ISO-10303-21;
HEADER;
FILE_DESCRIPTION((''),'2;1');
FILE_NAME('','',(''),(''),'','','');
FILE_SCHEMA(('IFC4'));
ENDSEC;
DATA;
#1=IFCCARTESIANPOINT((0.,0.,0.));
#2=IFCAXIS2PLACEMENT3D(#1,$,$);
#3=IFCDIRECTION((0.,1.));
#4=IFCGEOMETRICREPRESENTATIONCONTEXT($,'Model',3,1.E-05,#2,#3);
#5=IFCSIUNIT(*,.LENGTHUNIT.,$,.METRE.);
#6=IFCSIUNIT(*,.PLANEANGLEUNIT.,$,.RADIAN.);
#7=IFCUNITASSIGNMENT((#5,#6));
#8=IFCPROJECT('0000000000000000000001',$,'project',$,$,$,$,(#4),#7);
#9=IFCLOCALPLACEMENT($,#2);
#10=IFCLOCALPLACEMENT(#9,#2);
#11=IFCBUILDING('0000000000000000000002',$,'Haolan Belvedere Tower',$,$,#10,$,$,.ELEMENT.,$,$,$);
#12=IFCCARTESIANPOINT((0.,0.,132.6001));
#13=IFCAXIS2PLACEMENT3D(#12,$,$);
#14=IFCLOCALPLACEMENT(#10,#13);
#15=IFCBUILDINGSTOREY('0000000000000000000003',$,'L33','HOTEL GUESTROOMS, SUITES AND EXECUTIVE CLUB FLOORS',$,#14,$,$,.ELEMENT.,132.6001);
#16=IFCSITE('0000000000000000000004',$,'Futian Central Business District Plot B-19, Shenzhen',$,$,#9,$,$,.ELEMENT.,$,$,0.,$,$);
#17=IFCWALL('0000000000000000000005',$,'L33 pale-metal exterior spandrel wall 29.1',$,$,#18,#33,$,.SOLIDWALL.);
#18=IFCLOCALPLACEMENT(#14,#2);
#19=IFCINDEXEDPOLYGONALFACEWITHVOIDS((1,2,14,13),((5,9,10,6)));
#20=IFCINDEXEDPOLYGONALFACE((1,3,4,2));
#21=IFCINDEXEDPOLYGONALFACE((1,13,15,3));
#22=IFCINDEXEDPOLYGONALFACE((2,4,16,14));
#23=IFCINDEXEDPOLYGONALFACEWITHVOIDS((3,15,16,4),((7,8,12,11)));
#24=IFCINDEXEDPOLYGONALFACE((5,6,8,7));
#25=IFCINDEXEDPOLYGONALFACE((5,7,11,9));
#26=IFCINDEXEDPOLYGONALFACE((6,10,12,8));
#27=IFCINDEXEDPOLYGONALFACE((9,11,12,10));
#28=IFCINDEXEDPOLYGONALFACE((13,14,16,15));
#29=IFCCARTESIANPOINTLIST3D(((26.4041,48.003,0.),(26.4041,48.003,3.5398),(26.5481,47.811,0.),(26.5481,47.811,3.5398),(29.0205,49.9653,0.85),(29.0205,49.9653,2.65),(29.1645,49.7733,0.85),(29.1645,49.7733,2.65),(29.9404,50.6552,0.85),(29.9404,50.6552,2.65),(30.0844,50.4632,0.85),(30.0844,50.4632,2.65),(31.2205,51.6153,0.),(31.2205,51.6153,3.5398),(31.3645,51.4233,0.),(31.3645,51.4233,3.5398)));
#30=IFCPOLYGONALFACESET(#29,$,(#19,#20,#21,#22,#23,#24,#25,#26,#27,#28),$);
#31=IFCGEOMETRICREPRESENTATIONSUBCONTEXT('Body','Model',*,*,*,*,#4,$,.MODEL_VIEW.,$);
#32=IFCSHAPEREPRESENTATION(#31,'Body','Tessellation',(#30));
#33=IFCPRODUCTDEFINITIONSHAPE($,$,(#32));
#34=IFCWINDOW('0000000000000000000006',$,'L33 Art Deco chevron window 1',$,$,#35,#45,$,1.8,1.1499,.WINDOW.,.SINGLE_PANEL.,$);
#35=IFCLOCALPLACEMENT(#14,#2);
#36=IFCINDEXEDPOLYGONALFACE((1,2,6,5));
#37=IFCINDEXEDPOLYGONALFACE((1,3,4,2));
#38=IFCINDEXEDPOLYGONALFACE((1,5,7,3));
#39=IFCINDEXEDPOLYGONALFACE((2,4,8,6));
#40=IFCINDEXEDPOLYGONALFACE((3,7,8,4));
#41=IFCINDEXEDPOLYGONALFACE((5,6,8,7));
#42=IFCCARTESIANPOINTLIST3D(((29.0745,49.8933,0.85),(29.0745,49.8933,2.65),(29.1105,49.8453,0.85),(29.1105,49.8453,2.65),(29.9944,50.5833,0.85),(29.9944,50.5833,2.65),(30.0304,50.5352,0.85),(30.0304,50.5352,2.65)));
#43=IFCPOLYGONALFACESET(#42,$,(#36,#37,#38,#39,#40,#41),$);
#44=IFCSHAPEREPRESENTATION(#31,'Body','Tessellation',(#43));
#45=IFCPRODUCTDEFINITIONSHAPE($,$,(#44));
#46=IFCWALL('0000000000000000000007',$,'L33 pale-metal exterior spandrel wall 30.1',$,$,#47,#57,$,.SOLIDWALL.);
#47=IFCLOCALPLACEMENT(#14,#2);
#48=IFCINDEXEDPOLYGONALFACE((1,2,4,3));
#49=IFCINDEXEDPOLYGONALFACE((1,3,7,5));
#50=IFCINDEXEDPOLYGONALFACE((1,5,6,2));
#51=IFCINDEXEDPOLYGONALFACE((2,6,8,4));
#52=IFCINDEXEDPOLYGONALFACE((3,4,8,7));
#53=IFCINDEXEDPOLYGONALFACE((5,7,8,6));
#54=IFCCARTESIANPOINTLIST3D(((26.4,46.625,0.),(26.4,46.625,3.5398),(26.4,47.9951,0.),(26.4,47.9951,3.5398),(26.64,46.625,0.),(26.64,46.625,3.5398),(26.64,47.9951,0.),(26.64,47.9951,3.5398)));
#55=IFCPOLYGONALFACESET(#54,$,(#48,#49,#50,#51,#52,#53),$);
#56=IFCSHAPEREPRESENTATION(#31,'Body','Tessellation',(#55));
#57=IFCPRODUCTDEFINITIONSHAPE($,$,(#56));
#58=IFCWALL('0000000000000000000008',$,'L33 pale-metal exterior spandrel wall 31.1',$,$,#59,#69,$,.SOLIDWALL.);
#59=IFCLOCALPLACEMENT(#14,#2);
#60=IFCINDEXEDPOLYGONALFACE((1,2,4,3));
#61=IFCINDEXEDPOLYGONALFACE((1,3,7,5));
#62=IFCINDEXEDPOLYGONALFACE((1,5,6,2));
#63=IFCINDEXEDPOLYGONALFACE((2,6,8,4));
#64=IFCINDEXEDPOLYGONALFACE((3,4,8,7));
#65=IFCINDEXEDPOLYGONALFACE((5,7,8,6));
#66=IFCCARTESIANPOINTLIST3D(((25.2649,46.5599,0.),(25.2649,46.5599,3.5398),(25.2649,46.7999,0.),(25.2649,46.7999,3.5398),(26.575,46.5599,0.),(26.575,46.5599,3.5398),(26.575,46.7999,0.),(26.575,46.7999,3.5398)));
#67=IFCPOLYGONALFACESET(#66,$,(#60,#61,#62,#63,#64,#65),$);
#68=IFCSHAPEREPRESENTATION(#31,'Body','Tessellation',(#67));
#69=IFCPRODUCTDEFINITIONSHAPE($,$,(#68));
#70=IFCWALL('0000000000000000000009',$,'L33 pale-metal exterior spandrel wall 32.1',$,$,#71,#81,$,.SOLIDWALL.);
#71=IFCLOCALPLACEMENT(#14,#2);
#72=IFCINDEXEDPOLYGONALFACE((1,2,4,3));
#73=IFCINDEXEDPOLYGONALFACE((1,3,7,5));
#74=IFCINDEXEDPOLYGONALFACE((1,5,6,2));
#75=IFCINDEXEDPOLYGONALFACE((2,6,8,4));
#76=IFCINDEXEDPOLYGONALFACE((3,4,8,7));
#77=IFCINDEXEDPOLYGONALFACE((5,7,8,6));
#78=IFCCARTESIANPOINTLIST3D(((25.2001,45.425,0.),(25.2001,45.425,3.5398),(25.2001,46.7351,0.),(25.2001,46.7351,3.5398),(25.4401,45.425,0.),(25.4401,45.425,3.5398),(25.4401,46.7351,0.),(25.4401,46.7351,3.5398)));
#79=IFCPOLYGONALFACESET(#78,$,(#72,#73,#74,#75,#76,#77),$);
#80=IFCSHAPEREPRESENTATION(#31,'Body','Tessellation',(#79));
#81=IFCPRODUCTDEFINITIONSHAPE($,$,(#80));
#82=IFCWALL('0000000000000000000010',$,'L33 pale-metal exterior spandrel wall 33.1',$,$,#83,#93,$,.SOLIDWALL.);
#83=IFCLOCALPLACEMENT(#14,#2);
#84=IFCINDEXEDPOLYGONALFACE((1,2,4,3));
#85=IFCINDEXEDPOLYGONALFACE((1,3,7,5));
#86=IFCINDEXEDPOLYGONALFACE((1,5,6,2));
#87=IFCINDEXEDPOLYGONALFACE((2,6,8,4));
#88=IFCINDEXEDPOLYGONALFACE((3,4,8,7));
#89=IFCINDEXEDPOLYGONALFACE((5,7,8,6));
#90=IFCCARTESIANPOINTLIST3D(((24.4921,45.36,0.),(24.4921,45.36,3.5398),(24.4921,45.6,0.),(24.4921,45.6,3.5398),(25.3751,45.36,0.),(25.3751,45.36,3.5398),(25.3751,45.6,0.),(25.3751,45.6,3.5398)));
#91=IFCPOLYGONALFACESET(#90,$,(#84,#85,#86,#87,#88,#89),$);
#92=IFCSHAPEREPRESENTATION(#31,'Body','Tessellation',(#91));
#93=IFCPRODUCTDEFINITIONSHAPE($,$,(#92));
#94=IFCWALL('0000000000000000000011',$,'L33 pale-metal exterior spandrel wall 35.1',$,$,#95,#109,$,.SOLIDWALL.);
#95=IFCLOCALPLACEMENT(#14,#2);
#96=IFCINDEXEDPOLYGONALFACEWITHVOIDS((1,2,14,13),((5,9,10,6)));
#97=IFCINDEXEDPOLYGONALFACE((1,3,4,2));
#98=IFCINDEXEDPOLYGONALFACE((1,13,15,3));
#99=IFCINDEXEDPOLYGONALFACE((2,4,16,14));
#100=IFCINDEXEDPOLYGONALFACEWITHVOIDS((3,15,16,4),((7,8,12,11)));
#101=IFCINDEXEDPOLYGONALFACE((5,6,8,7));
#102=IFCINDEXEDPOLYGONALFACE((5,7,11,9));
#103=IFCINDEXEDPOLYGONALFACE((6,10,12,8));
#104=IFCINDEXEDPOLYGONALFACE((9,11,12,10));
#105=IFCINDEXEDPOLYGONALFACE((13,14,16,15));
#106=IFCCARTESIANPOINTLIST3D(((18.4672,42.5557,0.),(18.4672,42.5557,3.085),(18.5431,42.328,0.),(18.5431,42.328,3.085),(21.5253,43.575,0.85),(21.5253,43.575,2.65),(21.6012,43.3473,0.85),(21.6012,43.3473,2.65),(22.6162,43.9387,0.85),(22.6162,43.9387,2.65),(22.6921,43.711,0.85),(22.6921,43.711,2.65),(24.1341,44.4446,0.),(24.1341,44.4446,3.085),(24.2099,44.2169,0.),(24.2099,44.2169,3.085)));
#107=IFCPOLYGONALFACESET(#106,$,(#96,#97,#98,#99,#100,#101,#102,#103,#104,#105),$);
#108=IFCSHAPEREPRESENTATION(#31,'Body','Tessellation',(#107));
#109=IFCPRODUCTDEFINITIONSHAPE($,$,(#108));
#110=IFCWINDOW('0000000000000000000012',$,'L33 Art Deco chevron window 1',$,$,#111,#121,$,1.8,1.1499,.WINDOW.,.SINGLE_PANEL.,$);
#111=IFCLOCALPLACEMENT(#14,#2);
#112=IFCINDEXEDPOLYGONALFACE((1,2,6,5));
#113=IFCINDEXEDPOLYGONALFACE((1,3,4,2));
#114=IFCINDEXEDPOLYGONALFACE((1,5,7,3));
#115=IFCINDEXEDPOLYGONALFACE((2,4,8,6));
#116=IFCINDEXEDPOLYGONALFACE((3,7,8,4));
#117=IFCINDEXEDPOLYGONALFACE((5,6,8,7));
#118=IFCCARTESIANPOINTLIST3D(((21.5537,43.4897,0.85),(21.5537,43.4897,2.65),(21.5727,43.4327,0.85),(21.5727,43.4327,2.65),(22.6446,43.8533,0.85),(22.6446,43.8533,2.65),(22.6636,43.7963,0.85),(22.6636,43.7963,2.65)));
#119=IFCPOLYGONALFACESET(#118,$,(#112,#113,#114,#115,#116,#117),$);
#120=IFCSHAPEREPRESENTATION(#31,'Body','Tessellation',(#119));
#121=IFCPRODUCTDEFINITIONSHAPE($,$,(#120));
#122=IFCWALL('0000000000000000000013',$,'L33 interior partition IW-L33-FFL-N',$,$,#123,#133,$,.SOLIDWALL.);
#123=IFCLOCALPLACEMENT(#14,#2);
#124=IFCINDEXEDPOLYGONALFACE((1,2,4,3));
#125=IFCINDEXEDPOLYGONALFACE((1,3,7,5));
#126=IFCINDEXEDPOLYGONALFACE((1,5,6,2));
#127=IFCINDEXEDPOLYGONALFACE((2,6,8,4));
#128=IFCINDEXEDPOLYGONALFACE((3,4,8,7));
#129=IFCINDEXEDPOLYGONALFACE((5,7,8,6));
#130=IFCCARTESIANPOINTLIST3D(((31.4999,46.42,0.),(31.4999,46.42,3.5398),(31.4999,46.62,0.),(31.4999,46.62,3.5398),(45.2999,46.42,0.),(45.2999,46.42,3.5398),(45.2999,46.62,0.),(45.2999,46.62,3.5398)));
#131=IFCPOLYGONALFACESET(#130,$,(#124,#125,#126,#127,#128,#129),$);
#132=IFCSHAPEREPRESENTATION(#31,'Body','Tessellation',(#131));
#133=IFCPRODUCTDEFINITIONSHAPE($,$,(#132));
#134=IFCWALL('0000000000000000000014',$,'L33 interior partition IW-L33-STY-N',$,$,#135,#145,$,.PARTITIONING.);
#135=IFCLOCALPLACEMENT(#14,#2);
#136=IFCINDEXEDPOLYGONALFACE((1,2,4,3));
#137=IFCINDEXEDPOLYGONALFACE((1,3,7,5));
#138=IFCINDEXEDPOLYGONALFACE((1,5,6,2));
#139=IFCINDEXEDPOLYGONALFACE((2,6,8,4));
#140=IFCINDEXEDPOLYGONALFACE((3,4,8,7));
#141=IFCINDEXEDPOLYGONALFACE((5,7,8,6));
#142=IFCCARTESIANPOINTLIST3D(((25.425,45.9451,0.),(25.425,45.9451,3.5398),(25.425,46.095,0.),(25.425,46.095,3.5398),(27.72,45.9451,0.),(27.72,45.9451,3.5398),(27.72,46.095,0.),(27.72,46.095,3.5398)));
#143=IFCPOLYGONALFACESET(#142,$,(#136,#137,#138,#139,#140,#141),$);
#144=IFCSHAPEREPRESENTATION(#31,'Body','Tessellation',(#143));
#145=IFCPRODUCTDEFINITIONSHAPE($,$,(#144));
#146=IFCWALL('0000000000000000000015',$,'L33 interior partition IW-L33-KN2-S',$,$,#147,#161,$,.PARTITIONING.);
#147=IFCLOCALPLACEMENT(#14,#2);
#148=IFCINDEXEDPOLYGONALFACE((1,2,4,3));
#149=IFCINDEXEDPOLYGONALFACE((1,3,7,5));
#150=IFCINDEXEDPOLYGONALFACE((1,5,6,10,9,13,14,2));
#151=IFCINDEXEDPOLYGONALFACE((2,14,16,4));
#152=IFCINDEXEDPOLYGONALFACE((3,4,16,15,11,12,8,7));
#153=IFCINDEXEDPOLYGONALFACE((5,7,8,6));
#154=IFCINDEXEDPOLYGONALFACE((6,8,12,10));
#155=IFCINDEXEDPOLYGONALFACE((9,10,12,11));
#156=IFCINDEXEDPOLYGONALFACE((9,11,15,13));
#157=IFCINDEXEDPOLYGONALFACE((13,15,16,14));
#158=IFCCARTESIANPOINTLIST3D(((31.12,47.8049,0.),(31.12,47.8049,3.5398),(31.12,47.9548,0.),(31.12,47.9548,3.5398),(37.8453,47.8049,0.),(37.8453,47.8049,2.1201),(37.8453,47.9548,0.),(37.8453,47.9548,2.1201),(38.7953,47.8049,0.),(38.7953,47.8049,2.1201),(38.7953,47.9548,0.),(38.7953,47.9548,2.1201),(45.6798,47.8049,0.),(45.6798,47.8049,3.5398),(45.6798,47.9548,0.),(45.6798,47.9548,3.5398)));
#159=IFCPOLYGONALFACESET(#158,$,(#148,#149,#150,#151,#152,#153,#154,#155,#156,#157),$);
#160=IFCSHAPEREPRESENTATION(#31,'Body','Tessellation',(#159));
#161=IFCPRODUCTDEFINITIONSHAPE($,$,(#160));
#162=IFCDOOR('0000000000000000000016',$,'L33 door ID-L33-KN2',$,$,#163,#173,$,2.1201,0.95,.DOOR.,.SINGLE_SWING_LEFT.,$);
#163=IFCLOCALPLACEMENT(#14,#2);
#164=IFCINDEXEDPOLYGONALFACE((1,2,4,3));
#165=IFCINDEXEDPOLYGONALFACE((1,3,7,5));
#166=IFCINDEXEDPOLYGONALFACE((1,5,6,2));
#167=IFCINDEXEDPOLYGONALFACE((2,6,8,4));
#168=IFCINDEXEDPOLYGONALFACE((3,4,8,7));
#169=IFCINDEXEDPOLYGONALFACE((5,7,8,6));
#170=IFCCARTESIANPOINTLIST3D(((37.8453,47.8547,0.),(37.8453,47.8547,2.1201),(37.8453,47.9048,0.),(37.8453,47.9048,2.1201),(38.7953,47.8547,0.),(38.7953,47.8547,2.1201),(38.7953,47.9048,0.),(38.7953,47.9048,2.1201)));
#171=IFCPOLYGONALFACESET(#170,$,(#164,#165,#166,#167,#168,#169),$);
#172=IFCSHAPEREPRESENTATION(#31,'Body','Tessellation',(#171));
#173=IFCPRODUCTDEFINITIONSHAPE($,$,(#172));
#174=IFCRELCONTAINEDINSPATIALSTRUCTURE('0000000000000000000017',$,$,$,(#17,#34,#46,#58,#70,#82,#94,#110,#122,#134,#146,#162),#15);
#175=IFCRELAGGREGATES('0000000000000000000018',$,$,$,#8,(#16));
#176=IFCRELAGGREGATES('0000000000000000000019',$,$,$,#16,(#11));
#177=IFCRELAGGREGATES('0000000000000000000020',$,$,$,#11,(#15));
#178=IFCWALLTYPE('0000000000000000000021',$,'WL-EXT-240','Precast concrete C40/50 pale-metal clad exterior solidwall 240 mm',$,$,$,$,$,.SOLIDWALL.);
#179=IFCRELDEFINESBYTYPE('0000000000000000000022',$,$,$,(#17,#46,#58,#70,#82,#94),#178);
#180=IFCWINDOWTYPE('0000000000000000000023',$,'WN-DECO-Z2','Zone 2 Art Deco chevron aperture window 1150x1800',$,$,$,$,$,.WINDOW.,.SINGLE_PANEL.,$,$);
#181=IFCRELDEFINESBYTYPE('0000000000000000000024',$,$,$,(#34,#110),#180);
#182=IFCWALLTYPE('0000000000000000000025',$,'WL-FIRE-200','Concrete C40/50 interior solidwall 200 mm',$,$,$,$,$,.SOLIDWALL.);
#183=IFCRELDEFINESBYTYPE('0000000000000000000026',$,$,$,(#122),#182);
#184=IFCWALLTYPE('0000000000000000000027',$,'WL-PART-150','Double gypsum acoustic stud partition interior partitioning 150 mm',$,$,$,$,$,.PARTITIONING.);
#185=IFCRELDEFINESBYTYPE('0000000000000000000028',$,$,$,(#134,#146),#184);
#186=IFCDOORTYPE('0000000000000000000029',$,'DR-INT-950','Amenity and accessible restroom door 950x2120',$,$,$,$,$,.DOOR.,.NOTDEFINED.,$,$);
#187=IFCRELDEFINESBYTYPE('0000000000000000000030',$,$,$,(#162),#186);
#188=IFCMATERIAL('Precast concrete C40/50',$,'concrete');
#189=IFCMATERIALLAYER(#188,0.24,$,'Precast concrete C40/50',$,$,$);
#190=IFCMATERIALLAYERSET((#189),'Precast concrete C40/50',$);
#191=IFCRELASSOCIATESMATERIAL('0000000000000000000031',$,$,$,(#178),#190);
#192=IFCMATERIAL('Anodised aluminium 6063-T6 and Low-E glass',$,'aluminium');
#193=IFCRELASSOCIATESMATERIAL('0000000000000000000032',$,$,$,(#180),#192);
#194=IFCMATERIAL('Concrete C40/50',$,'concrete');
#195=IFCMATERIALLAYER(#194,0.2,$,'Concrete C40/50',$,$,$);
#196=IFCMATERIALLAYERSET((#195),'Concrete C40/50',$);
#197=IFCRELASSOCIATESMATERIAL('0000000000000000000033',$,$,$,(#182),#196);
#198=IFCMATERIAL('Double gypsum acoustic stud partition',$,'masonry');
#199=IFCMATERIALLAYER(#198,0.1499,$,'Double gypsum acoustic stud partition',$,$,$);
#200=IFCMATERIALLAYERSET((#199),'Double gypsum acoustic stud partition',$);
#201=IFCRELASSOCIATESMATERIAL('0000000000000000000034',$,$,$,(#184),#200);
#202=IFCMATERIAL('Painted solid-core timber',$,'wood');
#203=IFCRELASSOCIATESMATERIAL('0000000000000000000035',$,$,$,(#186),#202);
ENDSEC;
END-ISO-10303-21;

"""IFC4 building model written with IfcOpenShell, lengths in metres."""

from ifc_helpers import new_model, si_unit, direction, frame, frame_2d, origin, place, context, subcontext, project, spatial, rectangle, extrude, material, layer, layer_set, type_object, element, fill, save


model = new_model("IFC4")

# Units and contexts
model_context = context("Model", 3, precision=1e-05, world=origin(), true_north=direction((0.0, 1.0)))
body_context = subcontext(model_context, "Body", "Model", "MODEL_VIEW")
ifc_project = project(units=[si_unit("LENGTHUNIT", "METRE"), si_unit("PLANEANGLEUNIT", "RADIAN")], contexts=[model_context])

# Site, building, storey
site_placement = place(None, origin())
site = spatial("IfcSite", under=ifc_project, at=site_placement, Name="Futian Central Business District Plot B-19, Shenzhen", CompositionType="ELEMENT", RefElevation=0.0)
building_placement = place(site_placement, origin())
building = spatial("IfcBuilding", under=site, at=building_placement, Name="Haolan Belvedere Tower", CompositionType="ELEMENT")
storey_placement = place(building_placement, frame((0.0, 0.0, 132.6001)))
storey = spatial("IfcBuildingStorey", under=building, at=storey_placement, Name="L33", Description="HOTEL GUESTROOMS, SUITES AND EXECUTIVE CLUB FLOORS", CompositionType="ELEMENT", Elevation=132.6001)

# Wall, opening, window
ifc_material_1 = material(Name="Precast concrete C40/50", Category="concrete")
ifc_layer_1 = layer(ifc_material_1, 0.24, Name="Precast concrete C40/50")
ifc_layer_set_1 = layer_set([ifc_layer_1], Name="Precast concrete C40/50")
wall_type_1 = type_object("IfcWallType", Name="WL-EXT-240", Description="Precast concrete C40/50 pale-metal clad exterior solidwall 240 mm", PredefinedType="SOLIDWALL", material=ifc_layer_set_1)
wall_1_placement = place(storey_placement, frame((31.2925, 51.5193, 0.0), z_axis=(0.0, 0.0, 1.0), x_axis=(-0.8, -0.6, 0.0)))
wall_1 = element("IfcWall", 1, at=wall_1_placement, inside=storey, type_object=wall_type_1, Name="L33 pale-metal exterior spandrel wall 29.1", PredefinedType="SOLIDWALL", context=body_context, shape_type="SweptSolid", body=[
    extrude(rectangle(XDim=6.0205, YDim=0.24, at=frame_2d((3.0103, 0.0))), origin(), (0.0, 0.0, 1.0), 3.5398),
])
opening_1_placement = place(wall_1_placement, frame((1.6001, 0.0, 0.8501)))
opening_1 = element("IfcOpeningElement", 2, at=opening_1_placement, cuts=wall_1, PredefinedType="OPENING", context=body_context, shape_type="SweptSolid", body=[
    extrude(rectangle(XDim=1.1499, YDim=1.8, at=frame_2d((0.575, 0.8999))), frame((0.0, 0.1299, 0.0), z_axis=(0.0, -1.0, 0.0), x_axis=(1.0, 0.0, 0.0)), (0.0, 0.0, 1.0), 0.26),
])
ifc_material_2 = material(Name="Anodised aluminium 6063-T6 and Low-E glass", Category="aluminium")
window_type = type_object("IfcWindowType", Name="WN-DECO-Z2", Description="Zone 2 Art Deco chevron aperture window 1150x1800", PartitioningType="SINGLE_PANEL", PredefinedType="WINDOW", material=ifc_material_2)
window_1_placement = place(opening_1_placement, origin())
window_1 = element("IfcWindow", 3, at=window_1_placement, inside=storey, type_object=window_type, Name="L33 Art Deco chevron window 1", OverallHeight=1.8, OverallWidth=1.1499, PartitioningType="SINGLE_PANEL", PredefinedType="WINDOW", context=body_context, shape_type="SweptSolid", body=[
    extrude(rectangle(XDim=1.1499, YDim=1.8, at=frame_2d((0.575, 0.8999))), frame((0.0, 0.03, 0.0), z_axis=(0.0, -1.0, 0.0), x_axis=(1.0, 0.0, 0.0)), (0.0, 0.0, 1.0), 0.0601),
])
fill(opening_1, window_1)

# Walls
wall_2_placement = place(storey_placement, frame((26.52, 47.9951, 0.0), z_axis=(0.0, 0.0, 1.0), x_axis=(0.0, -1.0, 0.0)))
element("IfcWall", 4, at=wall_2_placement, inside=storey, type_object=wall_type_1, Name="L33 pale-metal exterior spandrel wall 30.1", PredefinedType="SOLIDWALL", context=body_context, shape_type="SweptSolid", body=[
    extrude(rectangle(XDim=1.3701, YDim=0.24, at=frame_2d((0.6851, 0.0))), origin(), (0.0, 0.0, 1.0), 3.5398),
])
for number, where, z_axis, x_axis, name in (
    (5, (26.575, 46.6799, 0.0), (0.0, 0.0, 1.0), (-1.0, 0.0, 0.0), "L33 pale-metal exterior spandrel wall 31.1"),
    (6, (25.3201, 46.7351, 0.0), (0.0, 0.0, 1.0), (0.0, -1.0, 0.0), "L33 pale-metal exterior spandrel wall 32.1"),
):
    element("IfcWall", number, at=place(storey_placement, frame(where, z_axis=z_axis, x_axis=x_axis)), inside=storey, type_object=wall_type_1, Name=name, PredefinedType="SOLIDWALL", context=body_context, shape_type="SweptSolid", body=[
        extrude(rectangle(XDim=1.3101, YDim=0.24, at=frame_2d((0.655, 0.0))), origin(), (0.0, 0.0, 1.0), 3.5398),
    ])
wall_3_placement = place(storey_placement, frame((25.375, 45.48, 0.0), z_axis=(0.0, 0.0, 1.0), x_axis=(-1.0, 0.0, 0.0)))
element("IfcWall", 7, at=wall_3_placement, inside=storey, type_object=wall_type_1, Name="L33 pale-metal exterior spandrel wall 33.1", PredefinedType="SOLIDWALL", context=body_context, shape_type="SweptSolid", body=[
    extrude(rectangle(XDim=0.8831, YDim=0.24, at=frame_2d((0.4414, 0.0))), origin(), (0.0, 0.0, 1.0), 3.5398),
])

# Wall, opening, window
wall_4_placement = place(storey_placement, frame((24.1721, 44.3308, 0.0), z_axis=(0.0, 0.0, 1.0), x_axis=(-0.948683, -0.316228, 0.0)))
wall_4 = element("IfcWall", 8, at=wall_4_placement, inside=storey, type_object=wall_type_1, Name="L33 pale-metal exterior spandrel wall 35.1", PredefinedType="SOLIDWALL", context=body_context, shape_type="SweptSolid", body=[
    extrude(rectangle(XDim=5.9734, YDim=0.24, at=frame_2d((2.9868, 0.0))), origin(), (0.0, 0.0, 1.0), 3.085),
])
opening_2_placement = place(wall_4_placement, frame((1.6001, 0.0, 0.8501)))
opening_2 = element("IfcOpeningElement", 9, at=opening_2_placement, cuts=wall_4, PredefinedType="OPENING", context=body_context, shape_type="SweptSolid", body=[
    extrude(rectangle(XDim=1.1499, YDim=1.8, at=frame_2d((0.575, 0.8999))), frame((0.0, 0.1299, 0.0), z_axis=(0.0, -1.0, 0.0), x_axis=(1.0, 0.0, 0.0)), (0.0, 0.0, 1.0), 0.26),
])
window_2_placement = place(opening_2_placement, origin())
window_2 = element("IfcWindow", 10, at=window_2_placement, inside=storey, type_object=window_type, Name="L33 Art Deco chevron window 1", OverallHeight=1.8, OverallWidth=1.1499, PartitioningType="SINGLE_PANEL", PredefinedType="WINDOW", context=body_context, shape_type="SweptSolid", body=[
    extrude(rectangle(XDim=1.1499, YDim=1.8, at=frame_2d((0.575, 0.8999))), frame((0.0, 0.03, 0.0), z_axis=(0.0, -1.0, 0.0), x_axis=(1.0, 0.0, 0.0)), (0.0, 0.0, 1.0), 0.0601),
])
fill(opening_2, window_2)

# Wall
ifc_material_3 = material(Name="Concrete C40/50", Category="concrete")
ifc_layer_2 = layer(ifc_material_3, 0.2, Name="Concrete C40/50")
ifc_layer_set_2 = layer_set([ifc_layer_2], Name="Concrete C40/50")
wall_type_2 = type_object("IfcWallType", Name="WL-FIRE-200", Description="Concrete C40/50 interior solidwall 200 mm", PredefinedType="SOLIDWALL", material=ifc_layer_set_2)
wall_5_placement = place(storey_placement, frame((31.5, 46.52, 0.0), z_axis=(0.0, 0.0, 1.0), x_axis=(1.0, 0.0, 0.0)))
element("IfcWall", 11, at=wall_5_placement, inside=storey, type_object=wall_type_2, Name="L33 interior partition IW-L33-FFL-N", PredefinedType="SOLIDWALL", context=body_context, shape_type="SweptSolid", body=[
    extrude(rectangle(XDim=13.8, YDim=0.2, at=frame_2d((6.8999, 0.0))), origin(), (0.0, 0.0, 1.0), 3.5398),
])

# Wall
ifc_material_4 = material(Name="Double gypsum acoustic stud partition", Category="masonry")
ifc_layer_3 = layer(ifc_material_4, 0.1499, Name="Double gypsum acoustic stud partition")
ifc_layer_set_3 = layer_set([ifc_layer_3], Name="Double gypsum acoustic stud partition")
wall_type_3 = type_object("IfcWallType", Name="WL-PART-150", Description="Double gypsum acoustic stud partition interior partitioning 150 mm", PredefinedType="PARTITIONING", material=ifc_layer_set_3)
wall_6_placement = place(storey_placement, frame((25.425, 46.02, 0.0), z_axis=(0.0, 0.0, 1.0), x_axis=(1.0, 0.0, 0.0)))
element("IfcWall", 12, at=wall_6_placement, inside=storey, type_object=wall_type_3, Name="L33 interior partition IW-L33-STY-N", PredefinedType="PARTITIONING", context=body_context, shape_type="SweptSolid", body=[
    extrude(rectangle(XDim=2.2949, YDim=0.1499, at=frame_2d((1.1475, 0.0))), origin(), (0.0, 0.0, 1.0), 3.5398),
])

# Wall, opening, door
wall_7_placement = place(storey_placement, frame((31.1201, 47.8799, 0.0), z_axis=(0.0, 0.0, 1.0), x_axis=(1.0, 0.0, 0.0)))
wall_7 = element("IfcWall", 13, at=wall_7_placement, inside=storey, type_object=wall_type_3, Name="L33 interior partition IW-L33-KN2-S", PredefinedType="PARTITIONING", context=body_context, shape_type="SweptSolid", body=[
    extrude(rectangle(XDim=14.5598, YDim=0.1499, at=frame_2d((7.2798, 0.0))), origin(), (0.0, 0.0, 1.0), 3.5398),
])
opening_3_placement = place(wall_7_placement, frame((6.7251, 0.0, 0.0)))
opening_3 = element("IfcOpeningElement", 14, at=opening_3_placement, cuts=wall_7, PredefinedType="OPENING", context=body_context, shape_type="SweptSolid", body=[
    extrude(rectangle(XDim=0.95, YDim=2.1201, at=frame_2d((0.4751, 1.0601))), frame((0.0, 0.085, 0.0), z_axis=(0.0, -1.0, 0.0), x_axis=(1.0, 0.0, 0.0)), (0.0, 0.0, 1.0), 0.1699),
])
ifc_material_5 = material(Name="Painted solid-core timber", Category="wood")
door_type_1 = type_object("IfcDoorType", Name="DR-INT-950", Description="Amenity and accessible restroom door 950x2120", OperationType="NOTDEFINED", PredefinedType="DOOR", material=ifc_material_5)
door_1_placement = place(opening_3_placement, origin())
door_1 = element("IfcDoor", 15, at=door_1_placement, inside=storey, type_object=door_type_1, Name="L33 door ID-L33-KN2", OperationType="SINGLE_SWING_LEFT", OverallHeight=2.1201, OverallWidth=0.95, PredefinedType="DOOR", context=body_context, shape_type="SweptSolid", body=[
    extrude(rectangle(XDim=0.95, YDim=2.1201, at=frame_2d((0.4751, 1.0601))), frame((0.0, 0.0249, 0.0), z_axis=(0.0, -1.0, 0.0), x_axis=(1.0, 0.0, 0.0)), (0.0, 0.0, 1.0), 0.05),
])
fill(opening_3, door_1)

save(model, "model.ifc")
